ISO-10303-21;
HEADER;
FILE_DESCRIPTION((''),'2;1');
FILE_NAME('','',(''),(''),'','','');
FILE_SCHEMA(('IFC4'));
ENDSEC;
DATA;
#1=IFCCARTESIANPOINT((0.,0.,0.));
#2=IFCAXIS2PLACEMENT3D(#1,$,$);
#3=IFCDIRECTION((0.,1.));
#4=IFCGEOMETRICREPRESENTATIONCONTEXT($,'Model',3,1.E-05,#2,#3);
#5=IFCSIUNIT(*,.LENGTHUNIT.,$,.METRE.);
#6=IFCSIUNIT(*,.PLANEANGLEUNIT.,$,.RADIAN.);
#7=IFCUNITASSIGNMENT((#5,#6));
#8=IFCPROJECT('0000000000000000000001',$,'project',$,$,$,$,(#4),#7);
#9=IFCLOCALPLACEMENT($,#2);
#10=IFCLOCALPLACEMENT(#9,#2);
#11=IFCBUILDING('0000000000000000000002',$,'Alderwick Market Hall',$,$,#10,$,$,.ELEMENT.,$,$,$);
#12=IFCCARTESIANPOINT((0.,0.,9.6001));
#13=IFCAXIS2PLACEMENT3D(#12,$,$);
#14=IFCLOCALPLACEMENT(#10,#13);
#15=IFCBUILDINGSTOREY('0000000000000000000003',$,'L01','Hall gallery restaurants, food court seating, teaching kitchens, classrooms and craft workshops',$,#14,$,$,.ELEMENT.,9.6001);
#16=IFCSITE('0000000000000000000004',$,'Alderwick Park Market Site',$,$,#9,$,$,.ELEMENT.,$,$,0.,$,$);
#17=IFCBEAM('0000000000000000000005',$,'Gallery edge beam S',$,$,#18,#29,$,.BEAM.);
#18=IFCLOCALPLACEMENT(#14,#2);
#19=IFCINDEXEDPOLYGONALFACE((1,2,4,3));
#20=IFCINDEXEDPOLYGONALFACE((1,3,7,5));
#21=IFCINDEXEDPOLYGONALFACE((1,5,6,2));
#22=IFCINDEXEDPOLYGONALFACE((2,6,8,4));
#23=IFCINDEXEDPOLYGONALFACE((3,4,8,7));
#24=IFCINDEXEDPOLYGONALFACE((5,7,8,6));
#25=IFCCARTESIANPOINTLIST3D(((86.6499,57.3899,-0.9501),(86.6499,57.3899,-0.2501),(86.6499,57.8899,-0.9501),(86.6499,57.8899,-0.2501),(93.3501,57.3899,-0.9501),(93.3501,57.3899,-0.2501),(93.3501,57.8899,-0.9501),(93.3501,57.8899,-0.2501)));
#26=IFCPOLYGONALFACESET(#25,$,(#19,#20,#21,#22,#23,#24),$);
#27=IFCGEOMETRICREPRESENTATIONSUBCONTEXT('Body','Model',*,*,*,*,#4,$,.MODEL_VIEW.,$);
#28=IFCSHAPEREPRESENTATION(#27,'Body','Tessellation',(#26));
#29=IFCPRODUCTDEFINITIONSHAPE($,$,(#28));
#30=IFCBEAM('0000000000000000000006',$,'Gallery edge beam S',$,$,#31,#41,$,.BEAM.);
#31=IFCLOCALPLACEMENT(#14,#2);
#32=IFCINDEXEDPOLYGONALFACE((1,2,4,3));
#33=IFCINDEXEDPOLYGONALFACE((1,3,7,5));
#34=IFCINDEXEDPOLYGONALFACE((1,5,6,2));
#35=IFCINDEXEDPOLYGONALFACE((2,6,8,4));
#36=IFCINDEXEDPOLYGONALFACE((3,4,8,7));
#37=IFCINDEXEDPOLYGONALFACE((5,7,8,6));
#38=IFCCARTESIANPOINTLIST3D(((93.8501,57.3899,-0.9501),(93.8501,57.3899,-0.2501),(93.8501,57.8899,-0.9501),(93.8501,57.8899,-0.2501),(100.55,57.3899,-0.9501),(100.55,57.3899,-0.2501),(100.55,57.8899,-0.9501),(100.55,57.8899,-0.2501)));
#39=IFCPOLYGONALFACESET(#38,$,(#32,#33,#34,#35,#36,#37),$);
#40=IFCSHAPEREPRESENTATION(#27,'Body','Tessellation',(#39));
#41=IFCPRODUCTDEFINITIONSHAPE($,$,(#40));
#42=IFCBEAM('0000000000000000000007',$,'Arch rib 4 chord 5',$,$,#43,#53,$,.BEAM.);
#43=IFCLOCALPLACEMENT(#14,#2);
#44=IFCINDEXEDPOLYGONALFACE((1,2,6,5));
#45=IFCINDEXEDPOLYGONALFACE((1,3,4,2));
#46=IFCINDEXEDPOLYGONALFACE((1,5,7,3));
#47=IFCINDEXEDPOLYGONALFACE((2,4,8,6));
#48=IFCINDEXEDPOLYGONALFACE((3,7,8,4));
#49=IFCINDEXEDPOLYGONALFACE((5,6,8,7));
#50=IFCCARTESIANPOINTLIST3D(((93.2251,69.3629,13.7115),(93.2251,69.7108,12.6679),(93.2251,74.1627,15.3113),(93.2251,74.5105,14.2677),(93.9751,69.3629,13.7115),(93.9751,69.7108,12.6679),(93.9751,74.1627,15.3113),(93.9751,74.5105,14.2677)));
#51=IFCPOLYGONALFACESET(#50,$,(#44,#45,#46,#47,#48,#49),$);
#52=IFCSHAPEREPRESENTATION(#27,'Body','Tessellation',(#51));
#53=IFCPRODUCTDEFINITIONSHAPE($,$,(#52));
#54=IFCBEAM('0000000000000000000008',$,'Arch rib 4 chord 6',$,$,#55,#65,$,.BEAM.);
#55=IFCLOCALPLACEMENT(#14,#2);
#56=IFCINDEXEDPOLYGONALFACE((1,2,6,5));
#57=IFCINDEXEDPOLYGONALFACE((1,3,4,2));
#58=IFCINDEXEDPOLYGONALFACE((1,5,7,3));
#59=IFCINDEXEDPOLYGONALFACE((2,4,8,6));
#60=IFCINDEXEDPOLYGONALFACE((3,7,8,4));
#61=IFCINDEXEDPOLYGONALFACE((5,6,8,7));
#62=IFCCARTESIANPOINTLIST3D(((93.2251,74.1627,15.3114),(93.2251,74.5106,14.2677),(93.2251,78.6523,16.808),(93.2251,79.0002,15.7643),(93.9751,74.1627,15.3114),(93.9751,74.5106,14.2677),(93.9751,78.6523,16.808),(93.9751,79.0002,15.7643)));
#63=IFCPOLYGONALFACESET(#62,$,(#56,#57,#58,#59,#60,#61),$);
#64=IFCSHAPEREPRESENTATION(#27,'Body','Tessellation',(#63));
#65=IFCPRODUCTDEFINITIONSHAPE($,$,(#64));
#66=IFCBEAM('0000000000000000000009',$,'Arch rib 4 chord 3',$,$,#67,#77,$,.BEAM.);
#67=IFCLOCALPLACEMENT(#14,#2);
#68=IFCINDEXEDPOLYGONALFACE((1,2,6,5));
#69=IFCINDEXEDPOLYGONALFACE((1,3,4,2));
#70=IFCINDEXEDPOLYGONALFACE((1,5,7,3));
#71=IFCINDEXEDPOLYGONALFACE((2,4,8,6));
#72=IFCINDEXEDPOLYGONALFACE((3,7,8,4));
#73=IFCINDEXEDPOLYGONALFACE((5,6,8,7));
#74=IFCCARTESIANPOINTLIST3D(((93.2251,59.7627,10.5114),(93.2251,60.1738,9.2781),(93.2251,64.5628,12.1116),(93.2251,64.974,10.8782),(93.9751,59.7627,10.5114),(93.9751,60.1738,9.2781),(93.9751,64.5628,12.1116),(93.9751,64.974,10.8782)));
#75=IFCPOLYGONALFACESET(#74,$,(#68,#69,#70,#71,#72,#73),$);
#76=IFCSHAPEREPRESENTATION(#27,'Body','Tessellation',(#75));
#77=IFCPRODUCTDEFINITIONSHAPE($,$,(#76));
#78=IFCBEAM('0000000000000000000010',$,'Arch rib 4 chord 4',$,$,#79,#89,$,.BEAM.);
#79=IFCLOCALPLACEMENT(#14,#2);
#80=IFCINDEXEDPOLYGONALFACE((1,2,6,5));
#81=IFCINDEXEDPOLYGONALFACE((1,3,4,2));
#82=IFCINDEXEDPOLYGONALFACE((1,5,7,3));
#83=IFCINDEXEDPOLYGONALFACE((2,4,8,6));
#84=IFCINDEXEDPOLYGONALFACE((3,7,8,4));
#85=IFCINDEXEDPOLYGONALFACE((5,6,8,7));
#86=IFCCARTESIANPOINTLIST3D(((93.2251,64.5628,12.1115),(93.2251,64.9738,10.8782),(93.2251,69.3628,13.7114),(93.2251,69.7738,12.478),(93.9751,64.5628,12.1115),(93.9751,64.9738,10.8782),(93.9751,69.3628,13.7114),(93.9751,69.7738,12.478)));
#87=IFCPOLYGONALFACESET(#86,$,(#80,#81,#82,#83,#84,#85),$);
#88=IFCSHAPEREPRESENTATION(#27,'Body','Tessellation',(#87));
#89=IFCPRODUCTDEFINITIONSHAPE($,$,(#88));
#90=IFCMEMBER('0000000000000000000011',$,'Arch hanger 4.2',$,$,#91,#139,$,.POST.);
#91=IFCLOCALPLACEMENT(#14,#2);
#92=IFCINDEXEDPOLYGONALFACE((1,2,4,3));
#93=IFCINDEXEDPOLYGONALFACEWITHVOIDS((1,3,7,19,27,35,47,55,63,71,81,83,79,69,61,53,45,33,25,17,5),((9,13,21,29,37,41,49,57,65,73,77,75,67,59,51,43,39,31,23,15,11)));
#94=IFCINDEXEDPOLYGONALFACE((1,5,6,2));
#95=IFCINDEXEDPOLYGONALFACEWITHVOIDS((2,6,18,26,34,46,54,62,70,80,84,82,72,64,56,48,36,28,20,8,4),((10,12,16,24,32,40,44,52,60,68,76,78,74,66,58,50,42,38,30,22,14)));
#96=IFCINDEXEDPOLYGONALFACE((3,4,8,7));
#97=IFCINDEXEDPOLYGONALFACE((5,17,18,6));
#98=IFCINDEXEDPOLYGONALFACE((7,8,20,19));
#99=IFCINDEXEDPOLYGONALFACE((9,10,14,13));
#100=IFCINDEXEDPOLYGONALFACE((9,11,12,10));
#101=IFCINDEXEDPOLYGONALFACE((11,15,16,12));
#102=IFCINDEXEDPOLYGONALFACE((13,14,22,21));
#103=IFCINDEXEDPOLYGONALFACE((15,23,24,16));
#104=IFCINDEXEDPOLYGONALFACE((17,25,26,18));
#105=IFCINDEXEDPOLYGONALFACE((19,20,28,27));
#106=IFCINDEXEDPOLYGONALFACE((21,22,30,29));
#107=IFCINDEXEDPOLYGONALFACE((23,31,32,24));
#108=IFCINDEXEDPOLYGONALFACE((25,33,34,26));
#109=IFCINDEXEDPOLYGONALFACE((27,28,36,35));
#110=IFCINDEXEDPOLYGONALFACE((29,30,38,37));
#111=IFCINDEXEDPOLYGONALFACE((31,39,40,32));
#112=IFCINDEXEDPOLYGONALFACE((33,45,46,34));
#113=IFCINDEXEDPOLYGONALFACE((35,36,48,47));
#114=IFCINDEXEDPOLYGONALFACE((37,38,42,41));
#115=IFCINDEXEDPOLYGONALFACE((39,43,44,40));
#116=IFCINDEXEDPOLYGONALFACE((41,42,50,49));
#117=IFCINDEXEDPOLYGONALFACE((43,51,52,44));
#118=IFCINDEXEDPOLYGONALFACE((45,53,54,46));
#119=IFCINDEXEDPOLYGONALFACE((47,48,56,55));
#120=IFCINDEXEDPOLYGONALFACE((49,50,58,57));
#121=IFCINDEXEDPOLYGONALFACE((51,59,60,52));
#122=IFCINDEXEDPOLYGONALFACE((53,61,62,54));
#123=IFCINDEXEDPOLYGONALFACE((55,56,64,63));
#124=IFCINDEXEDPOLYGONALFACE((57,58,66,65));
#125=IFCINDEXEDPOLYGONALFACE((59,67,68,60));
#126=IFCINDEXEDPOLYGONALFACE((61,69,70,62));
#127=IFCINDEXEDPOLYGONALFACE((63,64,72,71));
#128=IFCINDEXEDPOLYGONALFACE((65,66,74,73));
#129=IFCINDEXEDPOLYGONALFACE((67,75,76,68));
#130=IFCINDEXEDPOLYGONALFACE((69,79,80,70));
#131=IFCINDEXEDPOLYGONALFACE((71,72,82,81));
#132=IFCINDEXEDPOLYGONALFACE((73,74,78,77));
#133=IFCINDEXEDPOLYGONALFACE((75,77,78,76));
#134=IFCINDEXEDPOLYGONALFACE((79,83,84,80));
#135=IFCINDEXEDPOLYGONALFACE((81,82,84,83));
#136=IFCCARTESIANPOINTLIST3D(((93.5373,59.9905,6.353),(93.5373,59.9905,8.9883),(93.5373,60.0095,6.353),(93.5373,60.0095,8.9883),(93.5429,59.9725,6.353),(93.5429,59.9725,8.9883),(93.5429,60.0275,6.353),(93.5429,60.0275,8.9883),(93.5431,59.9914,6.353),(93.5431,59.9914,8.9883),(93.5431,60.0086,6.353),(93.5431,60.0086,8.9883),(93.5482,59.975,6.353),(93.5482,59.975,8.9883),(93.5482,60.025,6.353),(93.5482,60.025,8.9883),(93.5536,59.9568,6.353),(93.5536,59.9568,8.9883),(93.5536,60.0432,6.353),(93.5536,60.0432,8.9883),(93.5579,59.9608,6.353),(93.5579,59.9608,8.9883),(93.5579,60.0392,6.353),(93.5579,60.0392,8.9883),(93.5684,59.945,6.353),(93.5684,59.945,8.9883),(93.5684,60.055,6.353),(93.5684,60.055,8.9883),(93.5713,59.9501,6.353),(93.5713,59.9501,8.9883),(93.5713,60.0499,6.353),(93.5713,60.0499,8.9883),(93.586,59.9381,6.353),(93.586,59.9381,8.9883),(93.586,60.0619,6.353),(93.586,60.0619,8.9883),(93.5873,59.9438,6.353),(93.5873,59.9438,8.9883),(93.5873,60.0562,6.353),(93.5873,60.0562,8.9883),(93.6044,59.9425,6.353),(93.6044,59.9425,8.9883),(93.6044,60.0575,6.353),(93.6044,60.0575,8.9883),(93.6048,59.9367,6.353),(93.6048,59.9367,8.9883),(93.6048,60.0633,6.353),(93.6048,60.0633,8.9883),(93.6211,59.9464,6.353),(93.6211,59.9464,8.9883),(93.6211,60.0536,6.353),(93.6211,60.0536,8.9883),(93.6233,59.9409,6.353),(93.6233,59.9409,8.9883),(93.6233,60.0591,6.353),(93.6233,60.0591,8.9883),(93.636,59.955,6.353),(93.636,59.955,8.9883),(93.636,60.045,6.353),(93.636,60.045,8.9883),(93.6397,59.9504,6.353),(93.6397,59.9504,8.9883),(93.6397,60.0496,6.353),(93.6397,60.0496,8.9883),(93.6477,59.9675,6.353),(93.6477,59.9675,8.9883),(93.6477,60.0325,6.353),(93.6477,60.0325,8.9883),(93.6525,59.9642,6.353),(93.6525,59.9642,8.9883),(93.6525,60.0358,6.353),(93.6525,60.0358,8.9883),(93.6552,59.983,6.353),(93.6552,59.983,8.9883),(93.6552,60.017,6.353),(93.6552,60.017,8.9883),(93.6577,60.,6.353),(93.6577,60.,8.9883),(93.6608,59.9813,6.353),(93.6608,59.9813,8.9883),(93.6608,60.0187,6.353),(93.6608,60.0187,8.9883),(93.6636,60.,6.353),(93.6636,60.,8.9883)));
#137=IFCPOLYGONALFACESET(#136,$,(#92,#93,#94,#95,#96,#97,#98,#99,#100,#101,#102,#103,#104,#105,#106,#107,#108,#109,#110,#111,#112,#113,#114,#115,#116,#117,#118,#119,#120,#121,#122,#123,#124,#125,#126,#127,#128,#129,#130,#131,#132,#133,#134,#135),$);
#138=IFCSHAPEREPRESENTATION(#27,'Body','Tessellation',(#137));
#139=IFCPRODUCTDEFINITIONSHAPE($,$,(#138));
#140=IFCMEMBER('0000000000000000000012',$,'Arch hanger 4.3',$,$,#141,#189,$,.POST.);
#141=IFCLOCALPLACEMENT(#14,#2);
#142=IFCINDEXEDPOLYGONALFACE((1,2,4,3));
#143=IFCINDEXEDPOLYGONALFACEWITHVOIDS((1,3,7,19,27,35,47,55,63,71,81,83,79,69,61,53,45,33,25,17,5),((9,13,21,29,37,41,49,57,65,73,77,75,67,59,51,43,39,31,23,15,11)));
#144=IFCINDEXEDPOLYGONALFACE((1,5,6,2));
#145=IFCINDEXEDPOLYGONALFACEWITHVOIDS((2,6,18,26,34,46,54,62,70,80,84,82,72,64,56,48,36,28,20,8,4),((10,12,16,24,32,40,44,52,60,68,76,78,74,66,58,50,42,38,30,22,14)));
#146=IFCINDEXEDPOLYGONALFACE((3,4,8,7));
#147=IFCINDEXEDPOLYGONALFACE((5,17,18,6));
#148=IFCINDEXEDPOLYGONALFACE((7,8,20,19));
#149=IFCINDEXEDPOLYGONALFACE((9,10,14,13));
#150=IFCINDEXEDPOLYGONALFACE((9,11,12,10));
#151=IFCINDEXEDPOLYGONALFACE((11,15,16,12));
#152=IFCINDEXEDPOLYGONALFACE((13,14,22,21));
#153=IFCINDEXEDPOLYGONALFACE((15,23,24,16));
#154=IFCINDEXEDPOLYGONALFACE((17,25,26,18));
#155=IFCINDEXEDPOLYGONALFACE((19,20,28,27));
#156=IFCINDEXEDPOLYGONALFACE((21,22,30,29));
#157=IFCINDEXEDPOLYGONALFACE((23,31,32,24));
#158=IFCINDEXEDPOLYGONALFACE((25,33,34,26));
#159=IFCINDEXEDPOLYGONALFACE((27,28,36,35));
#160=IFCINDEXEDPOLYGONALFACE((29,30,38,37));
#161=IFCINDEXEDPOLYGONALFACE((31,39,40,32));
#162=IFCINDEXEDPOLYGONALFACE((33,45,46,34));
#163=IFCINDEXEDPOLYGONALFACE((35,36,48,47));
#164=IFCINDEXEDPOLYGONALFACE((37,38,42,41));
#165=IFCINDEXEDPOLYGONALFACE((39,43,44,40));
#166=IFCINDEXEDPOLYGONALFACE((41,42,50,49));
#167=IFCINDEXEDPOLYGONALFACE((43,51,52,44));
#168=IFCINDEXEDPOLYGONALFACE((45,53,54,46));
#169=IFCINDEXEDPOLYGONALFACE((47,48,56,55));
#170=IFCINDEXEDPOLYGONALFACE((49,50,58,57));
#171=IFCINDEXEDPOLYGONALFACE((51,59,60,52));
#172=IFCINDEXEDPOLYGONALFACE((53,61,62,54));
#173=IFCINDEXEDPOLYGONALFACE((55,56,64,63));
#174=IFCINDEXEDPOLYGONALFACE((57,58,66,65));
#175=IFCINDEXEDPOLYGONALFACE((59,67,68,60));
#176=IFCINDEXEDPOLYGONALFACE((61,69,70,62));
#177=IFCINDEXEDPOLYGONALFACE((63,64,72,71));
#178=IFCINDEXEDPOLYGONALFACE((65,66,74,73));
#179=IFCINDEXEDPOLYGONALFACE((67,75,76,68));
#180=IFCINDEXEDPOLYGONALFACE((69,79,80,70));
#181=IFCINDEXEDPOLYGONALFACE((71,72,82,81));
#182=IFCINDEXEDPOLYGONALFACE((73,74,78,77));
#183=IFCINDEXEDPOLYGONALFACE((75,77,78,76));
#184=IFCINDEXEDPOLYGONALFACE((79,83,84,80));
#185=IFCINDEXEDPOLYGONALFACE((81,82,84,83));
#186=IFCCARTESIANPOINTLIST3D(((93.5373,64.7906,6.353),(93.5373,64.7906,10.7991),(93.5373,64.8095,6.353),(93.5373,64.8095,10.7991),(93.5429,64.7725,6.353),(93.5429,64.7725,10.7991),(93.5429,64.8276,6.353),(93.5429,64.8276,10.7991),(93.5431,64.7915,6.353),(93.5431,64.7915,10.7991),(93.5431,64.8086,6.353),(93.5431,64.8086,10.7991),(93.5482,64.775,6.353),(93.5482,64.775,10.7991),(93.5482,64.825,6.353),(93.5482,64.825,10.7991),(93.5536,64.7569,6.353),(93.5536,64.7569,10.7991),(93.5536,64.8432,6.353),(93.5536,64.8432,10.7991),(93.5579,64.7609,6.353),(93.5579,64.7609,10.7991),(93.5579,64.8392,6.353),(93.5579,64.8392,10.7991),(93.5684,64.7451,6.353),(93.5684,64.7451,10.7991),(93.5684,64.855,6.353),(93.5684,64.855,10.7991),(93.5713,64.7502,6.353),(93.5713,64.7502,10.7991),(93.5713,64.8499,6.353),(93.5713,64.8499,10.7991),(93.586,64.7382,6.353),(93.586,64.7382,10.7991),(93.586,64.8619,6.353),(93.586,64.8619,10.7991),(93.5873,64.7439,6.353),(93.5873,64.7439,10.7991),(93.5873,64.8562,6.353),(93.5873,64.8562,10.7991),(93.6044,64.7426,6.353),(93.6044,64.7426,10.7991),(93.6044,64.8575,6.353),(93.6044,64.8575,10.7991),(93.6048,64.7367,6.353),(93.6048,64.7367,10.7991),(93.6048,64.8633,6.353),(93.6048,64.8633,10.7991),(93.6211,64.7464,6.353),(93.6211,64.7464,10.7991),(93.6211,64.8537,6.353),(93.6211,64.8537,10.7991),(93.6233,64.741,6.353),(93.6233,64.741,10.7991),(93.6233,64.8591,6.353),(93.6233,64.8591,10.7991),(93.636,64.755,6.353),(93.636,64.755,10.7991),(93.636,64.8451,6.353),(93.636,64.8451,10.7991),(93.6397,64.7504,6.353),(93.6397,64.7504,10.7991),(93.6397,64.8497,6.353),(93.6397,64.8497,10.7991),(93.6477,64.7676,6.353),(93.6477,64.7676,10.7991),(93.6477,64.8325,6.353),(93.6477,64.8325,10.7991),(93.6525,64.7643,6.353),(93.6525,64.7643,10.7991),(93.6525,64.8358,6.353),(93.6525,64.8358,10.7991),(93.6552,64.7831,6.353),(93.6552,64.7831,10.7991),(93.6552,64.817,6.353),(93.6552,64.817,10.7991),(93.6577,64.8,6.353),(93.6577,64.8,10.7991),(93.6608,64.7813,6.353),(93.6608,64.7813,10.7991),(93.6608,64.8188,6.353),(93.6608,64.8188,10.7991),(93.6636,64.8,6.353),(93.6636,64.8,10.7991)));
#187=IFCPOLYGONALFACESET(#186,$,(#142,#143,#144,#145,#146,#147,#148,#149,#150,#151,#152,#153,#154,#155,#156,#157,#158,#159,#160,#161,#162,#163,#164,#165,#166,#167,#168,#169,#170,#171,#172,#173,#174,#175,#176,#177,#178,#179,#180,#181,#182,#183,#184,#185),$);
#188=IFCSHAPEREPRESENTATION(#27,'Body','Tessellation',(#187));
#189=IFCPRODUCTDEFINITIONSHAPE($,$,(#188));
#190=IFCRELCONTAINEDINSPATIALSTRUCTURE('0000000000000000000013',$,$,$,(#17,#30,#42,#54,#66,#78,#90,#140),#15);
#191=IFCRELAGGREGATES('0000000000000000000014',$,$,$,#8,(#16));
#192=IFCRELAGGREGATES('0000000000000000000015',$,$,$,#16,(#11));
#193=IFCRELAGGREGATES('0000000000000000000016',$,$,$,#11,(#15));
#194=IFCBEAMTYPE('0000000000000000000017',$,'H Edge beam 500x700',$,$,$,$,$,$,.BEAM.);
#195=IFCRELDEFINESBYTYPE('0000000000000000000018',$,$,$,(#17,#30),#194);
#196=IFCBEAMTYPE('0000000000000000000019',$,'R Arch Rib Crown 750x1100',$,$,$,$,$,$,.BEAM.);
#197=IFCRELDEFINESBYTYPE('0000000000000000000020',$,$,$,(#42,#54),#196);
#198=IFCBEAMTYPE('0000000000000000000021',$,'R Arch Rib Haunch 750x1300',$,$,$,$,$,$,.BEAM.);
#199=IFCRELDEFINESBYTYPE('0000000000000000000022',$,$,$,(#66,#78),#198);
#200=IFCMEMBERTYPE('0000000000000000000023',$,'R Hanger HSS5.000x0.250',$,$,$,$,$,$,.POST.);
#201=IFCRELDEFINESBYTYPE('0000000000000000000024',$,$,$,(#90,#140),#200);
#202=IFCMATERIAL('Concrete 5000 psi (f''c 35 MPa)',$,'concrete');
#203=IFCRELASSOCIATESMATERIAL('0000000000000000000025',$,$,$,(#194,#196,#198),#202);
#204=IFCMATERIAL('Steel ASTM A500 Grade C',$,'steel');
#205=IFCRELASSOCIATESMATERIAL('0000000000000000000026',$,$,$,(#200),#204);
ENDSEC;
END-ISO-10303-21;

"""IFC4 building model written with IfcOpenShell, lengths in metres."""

from ifc_helpers import new_model, si_unit, direction, frame, origin, origin_2d, place, context, subcontext, project, spatial, rectangle, hollow_circle, extrude, material, material_profile, profile_set, type_object, element, save


model = new_model("IFC4")

# Units and contexts
model_context = context("Model", 3, precision=1e-05, world=origin(), true_north=direction((0.0, 1.0)))
body_context = subcontext(model_context, "Body", "Model", "MODEL_VIEW")
ifc_project = project(units=[si_unit("LENGTHUNIT", "METRE"), si_unit("PLANEANGLEUNIT", "RADIAN")], contexts=[model_context])

# Site, building, storey
site_placement = place(None, origin())
site = spatial("IfcSite", under=ifc_project, at=site_placement, Name="Alderwick Park Market Site", CompositionType="ELEMENT", RefElevation=0.0)
building_placement = place(site_placement, origin())
building = spatial("IfcBuilding", under=site, at=building_placement, Name="Alderwick Market Hall", CompositionType="ELEMENT")
storey_placement = place(building_placement, frame((0.0, 0.0, 9.6001)))
storey = spatial("IfcBuildingStorey", under=building, at=storey_placement, Name="L01", Description="Hall gallery restaurants, food court seating, teaching kitchens, classrooms and craft workshops", CompositionType="ELEMENT", Elevation=9.6001)

# Beams
ifc_material_1 = material(Name="Concrete 5000 psi (f'c 35 MPa)", Category="concrete")
ifc_material_profile_1 = material_profile(ifc_material_1, rectangle(XDim=0.5, YDim=0.7, at=origin_2d()), Name="RC 500x700")
ifc_profile_set_1 = profile_set([ifc_material_profile_1], Name="Concrete 5000 psi (f'c 35 MPa)")
beam_type_1 = type_object("IfcBeamType", Name="H Edge beam 500x700", PredefinedType="BEAM", material=ifc_profile_set_1)
beam_1_placement = place(storey_placement, frame((86.6499, 57.6399, -0.6001), z_axis=(1.0, 0.0, 0.0), x_axis=(0.0, 1.0, 0.0)))
element("IfcBeam", 1, at=beam_1_placement, inside=storey, type_object=beam_type_1, Name="Gallery edge beam S", PredefinedType="BEAM", context=body_context, shape_type="SweptSolid", body=[
    extrude(rectangle(XDim=0.5, YDim=0.7, at=origin_2d()), origin(), (0.0, 0.0, 1.0), 6.7002),
])
beam_2_placement = place(storey_placement, frame((93.8501, 57.6399, -0.6001), z_axis=(1.0, 0.0, 0.0), x_axis=(0.0, 1.0, 0.0)))
element("IfcBeam", 2, at=beam_2_placement, inside=storey, type_object=beam_type_1, Name="Gallery edge beam S", PredefinedType="BEAM", context=body_context, shape_type="SweptSolid", body=[
    extrude(rectangle(XDim=0.5, YDim=0.7, at=origin_2d()), origin(), (0.0, 0.0, 1.0), 6.7),
])
ifc_material_profile_2 = material_profile(ifc_material_1, rectangle(XDim=0.75, YDim=1.1001, at=origin_2d()), Name="RC 750x1100")
ifc_profile_set_2 = profile_set([ifc_material_profile_2], Name="Concrete 5000 psi (f'c 35 MPa)")
beam_type_2 = type_object("IfcBeamType", Name="R Arch Rib Crown 750x1100", PredefinedType="BEAM", material=ifc_profile_set_2)
beam_3_placement = place(storey_placement, frame((93.6001, 69.5369, 13.1897), z_axis=(0.0, 0.948688, 0.316213), x_axis=(-1.0, 0.0, 0.0)))
element("IfcBeam", 3, at=beam_3_placement, inside=storey, type_object=beam_type_2, Name="Arch rib 4 chord 5", PredefinedType="BEAM", context=body_context, shape_type="SweptSolid", body=[
    extrude(rectangle(XDim=0.75, YDim=1.1001, at=origin_2d()), origin(), (0.0, 0.0, 1.0), 5.0593),
])
beam_4_placement = place(storey_placement, frame((93.6001, 74.3367, 14.7896), z_axis=(0.0, 0.948678, 0.316243), x_axis=(-1.0, 0.0, 0.0)))
element("IfcBeam", 4, at=beam_4_placement, inside=storey, type_object=beam_type_2, Name="Arch rib 4 chord 6", PredefinedType="BEAM", context=body_context, shape_type="SweptSolid", body=[
    extrude(rectangle(XDim=0.75, YDim=1.1001, at=origin_2d()), origin(), (0.0, 0.0, 1.0), 4.7324),
])
ifc_material_profile_3 = material_profile(ifc_material_1, rectangle(XDim=0.75, YDim=1.3, at=origin_2d()), Name="RC 750x1300")
ifc_profile_set_3 = profile_set([ifc_material_profile_3], Name="Concrete 5000 psi (f'c 35 MPa)")
beam_type_3 = type_object("IfcBeamType", Name="R Arch Rib Haunch 750x1300", PredefinedType="BEAM", material=ifc_profile_set_3)
beam_5_placement = place(storey_placement, frame((93.6001, 59.9683, 9.8948), z_axis=(0.0, 0.948678, 0.316242), x_axis=(-1.0, 0.0, 0.0)))
element("IfcBeam", 5, at=beam_5_placement, inside=storey, type_object=beam_type_3, Name="Arch rib 4 chord 3", PredefinedType="BEAM", context=body_context, shape_type="SweptSolid", body=[
    extrude(rectangle(XDim=0.75, YDim=1.3, at=origin_2d()), origin(), (0.0, 0.0, 1.0), 5.0598),
])
beam_6_placement = place(storey_placement, frame((93.6001, 64.7683, 11.4949), z_axis=(0.0, 0.948693, 0.316199), x_axis=(-1.0, 0.0, 0.0)))
element("IfcBeam", 6, at=beam_6_placement, inside=storey, type_object=beam_type_3, Name="Arch rib 4 chord 4", PredefinedType="BEAM", context=body_context, shape_type="SweptSolid", body=[
    extrude(rectangle(XDim=0.75, YDim=1.3, at=origin_2d()), origin(), (0.0, 0.0, 1.0), 5.0596),
])

# Members
ifc_material_2 = material(Name="Steel ASTM A500 Grade C", Category="steel")
ifc_material_profile_4 = material_profile(ifc_material_2, hollow_circle(Radius=0.0635, WallThickness=0.0059, at=origin_2d()), Name="HSS5.000x0.250")
ifc_profile_set_4 = profile_set([ifc_material_profile_4], Name="Steel ASTM A500 Grade C")
member_type_1 = type_object("IfcMemberType", Name="R Hanger HSS5.000x0.250", PredefinedType="POST", material=ifc_profile_set_4)
member_1_placement = place(storey_placement, frame((93.6001, 60.0, 6.353), z_axis=(0.0, 0.0, 1.0), x_axis=(1.0, 0.0, 0.0)))
element("IfcMember", 7, at=member_1_placement, inside=storey, type_object=member_type_1, Name="Arch hanger 4.2", PredefinedType="POST", context=body_context, shape_type="SweptSolid", body=[
    extrude(hollow_circle(Radius=0.0635, WallThickness=0.0059, at=origin_2d()), origin(), (0.0, 0.0, 1.0), 2.6353),
])
member_2_placement = place(storey_placement, frame((93.6001, 64.8, 6.353), z_axis=(0.0, 0.0, 1.0), x_axis=(1.0, 0.0, 0.0)))
element("IfcMember", 8, at=member_2_placement, inside=storey, type_object=member_type_1, Name="Arch hanger 4.3", PredefinedType="POST", context=body_context, shape_type="SweptSolid", body=[
    extrude(hollow_circle(Radius=0.0635, WallThickness=0.0059, at=origin_2d()), origin(), (0.0, 0.0, 1.0), 4.446),
])

save(model, "model.ifc")
